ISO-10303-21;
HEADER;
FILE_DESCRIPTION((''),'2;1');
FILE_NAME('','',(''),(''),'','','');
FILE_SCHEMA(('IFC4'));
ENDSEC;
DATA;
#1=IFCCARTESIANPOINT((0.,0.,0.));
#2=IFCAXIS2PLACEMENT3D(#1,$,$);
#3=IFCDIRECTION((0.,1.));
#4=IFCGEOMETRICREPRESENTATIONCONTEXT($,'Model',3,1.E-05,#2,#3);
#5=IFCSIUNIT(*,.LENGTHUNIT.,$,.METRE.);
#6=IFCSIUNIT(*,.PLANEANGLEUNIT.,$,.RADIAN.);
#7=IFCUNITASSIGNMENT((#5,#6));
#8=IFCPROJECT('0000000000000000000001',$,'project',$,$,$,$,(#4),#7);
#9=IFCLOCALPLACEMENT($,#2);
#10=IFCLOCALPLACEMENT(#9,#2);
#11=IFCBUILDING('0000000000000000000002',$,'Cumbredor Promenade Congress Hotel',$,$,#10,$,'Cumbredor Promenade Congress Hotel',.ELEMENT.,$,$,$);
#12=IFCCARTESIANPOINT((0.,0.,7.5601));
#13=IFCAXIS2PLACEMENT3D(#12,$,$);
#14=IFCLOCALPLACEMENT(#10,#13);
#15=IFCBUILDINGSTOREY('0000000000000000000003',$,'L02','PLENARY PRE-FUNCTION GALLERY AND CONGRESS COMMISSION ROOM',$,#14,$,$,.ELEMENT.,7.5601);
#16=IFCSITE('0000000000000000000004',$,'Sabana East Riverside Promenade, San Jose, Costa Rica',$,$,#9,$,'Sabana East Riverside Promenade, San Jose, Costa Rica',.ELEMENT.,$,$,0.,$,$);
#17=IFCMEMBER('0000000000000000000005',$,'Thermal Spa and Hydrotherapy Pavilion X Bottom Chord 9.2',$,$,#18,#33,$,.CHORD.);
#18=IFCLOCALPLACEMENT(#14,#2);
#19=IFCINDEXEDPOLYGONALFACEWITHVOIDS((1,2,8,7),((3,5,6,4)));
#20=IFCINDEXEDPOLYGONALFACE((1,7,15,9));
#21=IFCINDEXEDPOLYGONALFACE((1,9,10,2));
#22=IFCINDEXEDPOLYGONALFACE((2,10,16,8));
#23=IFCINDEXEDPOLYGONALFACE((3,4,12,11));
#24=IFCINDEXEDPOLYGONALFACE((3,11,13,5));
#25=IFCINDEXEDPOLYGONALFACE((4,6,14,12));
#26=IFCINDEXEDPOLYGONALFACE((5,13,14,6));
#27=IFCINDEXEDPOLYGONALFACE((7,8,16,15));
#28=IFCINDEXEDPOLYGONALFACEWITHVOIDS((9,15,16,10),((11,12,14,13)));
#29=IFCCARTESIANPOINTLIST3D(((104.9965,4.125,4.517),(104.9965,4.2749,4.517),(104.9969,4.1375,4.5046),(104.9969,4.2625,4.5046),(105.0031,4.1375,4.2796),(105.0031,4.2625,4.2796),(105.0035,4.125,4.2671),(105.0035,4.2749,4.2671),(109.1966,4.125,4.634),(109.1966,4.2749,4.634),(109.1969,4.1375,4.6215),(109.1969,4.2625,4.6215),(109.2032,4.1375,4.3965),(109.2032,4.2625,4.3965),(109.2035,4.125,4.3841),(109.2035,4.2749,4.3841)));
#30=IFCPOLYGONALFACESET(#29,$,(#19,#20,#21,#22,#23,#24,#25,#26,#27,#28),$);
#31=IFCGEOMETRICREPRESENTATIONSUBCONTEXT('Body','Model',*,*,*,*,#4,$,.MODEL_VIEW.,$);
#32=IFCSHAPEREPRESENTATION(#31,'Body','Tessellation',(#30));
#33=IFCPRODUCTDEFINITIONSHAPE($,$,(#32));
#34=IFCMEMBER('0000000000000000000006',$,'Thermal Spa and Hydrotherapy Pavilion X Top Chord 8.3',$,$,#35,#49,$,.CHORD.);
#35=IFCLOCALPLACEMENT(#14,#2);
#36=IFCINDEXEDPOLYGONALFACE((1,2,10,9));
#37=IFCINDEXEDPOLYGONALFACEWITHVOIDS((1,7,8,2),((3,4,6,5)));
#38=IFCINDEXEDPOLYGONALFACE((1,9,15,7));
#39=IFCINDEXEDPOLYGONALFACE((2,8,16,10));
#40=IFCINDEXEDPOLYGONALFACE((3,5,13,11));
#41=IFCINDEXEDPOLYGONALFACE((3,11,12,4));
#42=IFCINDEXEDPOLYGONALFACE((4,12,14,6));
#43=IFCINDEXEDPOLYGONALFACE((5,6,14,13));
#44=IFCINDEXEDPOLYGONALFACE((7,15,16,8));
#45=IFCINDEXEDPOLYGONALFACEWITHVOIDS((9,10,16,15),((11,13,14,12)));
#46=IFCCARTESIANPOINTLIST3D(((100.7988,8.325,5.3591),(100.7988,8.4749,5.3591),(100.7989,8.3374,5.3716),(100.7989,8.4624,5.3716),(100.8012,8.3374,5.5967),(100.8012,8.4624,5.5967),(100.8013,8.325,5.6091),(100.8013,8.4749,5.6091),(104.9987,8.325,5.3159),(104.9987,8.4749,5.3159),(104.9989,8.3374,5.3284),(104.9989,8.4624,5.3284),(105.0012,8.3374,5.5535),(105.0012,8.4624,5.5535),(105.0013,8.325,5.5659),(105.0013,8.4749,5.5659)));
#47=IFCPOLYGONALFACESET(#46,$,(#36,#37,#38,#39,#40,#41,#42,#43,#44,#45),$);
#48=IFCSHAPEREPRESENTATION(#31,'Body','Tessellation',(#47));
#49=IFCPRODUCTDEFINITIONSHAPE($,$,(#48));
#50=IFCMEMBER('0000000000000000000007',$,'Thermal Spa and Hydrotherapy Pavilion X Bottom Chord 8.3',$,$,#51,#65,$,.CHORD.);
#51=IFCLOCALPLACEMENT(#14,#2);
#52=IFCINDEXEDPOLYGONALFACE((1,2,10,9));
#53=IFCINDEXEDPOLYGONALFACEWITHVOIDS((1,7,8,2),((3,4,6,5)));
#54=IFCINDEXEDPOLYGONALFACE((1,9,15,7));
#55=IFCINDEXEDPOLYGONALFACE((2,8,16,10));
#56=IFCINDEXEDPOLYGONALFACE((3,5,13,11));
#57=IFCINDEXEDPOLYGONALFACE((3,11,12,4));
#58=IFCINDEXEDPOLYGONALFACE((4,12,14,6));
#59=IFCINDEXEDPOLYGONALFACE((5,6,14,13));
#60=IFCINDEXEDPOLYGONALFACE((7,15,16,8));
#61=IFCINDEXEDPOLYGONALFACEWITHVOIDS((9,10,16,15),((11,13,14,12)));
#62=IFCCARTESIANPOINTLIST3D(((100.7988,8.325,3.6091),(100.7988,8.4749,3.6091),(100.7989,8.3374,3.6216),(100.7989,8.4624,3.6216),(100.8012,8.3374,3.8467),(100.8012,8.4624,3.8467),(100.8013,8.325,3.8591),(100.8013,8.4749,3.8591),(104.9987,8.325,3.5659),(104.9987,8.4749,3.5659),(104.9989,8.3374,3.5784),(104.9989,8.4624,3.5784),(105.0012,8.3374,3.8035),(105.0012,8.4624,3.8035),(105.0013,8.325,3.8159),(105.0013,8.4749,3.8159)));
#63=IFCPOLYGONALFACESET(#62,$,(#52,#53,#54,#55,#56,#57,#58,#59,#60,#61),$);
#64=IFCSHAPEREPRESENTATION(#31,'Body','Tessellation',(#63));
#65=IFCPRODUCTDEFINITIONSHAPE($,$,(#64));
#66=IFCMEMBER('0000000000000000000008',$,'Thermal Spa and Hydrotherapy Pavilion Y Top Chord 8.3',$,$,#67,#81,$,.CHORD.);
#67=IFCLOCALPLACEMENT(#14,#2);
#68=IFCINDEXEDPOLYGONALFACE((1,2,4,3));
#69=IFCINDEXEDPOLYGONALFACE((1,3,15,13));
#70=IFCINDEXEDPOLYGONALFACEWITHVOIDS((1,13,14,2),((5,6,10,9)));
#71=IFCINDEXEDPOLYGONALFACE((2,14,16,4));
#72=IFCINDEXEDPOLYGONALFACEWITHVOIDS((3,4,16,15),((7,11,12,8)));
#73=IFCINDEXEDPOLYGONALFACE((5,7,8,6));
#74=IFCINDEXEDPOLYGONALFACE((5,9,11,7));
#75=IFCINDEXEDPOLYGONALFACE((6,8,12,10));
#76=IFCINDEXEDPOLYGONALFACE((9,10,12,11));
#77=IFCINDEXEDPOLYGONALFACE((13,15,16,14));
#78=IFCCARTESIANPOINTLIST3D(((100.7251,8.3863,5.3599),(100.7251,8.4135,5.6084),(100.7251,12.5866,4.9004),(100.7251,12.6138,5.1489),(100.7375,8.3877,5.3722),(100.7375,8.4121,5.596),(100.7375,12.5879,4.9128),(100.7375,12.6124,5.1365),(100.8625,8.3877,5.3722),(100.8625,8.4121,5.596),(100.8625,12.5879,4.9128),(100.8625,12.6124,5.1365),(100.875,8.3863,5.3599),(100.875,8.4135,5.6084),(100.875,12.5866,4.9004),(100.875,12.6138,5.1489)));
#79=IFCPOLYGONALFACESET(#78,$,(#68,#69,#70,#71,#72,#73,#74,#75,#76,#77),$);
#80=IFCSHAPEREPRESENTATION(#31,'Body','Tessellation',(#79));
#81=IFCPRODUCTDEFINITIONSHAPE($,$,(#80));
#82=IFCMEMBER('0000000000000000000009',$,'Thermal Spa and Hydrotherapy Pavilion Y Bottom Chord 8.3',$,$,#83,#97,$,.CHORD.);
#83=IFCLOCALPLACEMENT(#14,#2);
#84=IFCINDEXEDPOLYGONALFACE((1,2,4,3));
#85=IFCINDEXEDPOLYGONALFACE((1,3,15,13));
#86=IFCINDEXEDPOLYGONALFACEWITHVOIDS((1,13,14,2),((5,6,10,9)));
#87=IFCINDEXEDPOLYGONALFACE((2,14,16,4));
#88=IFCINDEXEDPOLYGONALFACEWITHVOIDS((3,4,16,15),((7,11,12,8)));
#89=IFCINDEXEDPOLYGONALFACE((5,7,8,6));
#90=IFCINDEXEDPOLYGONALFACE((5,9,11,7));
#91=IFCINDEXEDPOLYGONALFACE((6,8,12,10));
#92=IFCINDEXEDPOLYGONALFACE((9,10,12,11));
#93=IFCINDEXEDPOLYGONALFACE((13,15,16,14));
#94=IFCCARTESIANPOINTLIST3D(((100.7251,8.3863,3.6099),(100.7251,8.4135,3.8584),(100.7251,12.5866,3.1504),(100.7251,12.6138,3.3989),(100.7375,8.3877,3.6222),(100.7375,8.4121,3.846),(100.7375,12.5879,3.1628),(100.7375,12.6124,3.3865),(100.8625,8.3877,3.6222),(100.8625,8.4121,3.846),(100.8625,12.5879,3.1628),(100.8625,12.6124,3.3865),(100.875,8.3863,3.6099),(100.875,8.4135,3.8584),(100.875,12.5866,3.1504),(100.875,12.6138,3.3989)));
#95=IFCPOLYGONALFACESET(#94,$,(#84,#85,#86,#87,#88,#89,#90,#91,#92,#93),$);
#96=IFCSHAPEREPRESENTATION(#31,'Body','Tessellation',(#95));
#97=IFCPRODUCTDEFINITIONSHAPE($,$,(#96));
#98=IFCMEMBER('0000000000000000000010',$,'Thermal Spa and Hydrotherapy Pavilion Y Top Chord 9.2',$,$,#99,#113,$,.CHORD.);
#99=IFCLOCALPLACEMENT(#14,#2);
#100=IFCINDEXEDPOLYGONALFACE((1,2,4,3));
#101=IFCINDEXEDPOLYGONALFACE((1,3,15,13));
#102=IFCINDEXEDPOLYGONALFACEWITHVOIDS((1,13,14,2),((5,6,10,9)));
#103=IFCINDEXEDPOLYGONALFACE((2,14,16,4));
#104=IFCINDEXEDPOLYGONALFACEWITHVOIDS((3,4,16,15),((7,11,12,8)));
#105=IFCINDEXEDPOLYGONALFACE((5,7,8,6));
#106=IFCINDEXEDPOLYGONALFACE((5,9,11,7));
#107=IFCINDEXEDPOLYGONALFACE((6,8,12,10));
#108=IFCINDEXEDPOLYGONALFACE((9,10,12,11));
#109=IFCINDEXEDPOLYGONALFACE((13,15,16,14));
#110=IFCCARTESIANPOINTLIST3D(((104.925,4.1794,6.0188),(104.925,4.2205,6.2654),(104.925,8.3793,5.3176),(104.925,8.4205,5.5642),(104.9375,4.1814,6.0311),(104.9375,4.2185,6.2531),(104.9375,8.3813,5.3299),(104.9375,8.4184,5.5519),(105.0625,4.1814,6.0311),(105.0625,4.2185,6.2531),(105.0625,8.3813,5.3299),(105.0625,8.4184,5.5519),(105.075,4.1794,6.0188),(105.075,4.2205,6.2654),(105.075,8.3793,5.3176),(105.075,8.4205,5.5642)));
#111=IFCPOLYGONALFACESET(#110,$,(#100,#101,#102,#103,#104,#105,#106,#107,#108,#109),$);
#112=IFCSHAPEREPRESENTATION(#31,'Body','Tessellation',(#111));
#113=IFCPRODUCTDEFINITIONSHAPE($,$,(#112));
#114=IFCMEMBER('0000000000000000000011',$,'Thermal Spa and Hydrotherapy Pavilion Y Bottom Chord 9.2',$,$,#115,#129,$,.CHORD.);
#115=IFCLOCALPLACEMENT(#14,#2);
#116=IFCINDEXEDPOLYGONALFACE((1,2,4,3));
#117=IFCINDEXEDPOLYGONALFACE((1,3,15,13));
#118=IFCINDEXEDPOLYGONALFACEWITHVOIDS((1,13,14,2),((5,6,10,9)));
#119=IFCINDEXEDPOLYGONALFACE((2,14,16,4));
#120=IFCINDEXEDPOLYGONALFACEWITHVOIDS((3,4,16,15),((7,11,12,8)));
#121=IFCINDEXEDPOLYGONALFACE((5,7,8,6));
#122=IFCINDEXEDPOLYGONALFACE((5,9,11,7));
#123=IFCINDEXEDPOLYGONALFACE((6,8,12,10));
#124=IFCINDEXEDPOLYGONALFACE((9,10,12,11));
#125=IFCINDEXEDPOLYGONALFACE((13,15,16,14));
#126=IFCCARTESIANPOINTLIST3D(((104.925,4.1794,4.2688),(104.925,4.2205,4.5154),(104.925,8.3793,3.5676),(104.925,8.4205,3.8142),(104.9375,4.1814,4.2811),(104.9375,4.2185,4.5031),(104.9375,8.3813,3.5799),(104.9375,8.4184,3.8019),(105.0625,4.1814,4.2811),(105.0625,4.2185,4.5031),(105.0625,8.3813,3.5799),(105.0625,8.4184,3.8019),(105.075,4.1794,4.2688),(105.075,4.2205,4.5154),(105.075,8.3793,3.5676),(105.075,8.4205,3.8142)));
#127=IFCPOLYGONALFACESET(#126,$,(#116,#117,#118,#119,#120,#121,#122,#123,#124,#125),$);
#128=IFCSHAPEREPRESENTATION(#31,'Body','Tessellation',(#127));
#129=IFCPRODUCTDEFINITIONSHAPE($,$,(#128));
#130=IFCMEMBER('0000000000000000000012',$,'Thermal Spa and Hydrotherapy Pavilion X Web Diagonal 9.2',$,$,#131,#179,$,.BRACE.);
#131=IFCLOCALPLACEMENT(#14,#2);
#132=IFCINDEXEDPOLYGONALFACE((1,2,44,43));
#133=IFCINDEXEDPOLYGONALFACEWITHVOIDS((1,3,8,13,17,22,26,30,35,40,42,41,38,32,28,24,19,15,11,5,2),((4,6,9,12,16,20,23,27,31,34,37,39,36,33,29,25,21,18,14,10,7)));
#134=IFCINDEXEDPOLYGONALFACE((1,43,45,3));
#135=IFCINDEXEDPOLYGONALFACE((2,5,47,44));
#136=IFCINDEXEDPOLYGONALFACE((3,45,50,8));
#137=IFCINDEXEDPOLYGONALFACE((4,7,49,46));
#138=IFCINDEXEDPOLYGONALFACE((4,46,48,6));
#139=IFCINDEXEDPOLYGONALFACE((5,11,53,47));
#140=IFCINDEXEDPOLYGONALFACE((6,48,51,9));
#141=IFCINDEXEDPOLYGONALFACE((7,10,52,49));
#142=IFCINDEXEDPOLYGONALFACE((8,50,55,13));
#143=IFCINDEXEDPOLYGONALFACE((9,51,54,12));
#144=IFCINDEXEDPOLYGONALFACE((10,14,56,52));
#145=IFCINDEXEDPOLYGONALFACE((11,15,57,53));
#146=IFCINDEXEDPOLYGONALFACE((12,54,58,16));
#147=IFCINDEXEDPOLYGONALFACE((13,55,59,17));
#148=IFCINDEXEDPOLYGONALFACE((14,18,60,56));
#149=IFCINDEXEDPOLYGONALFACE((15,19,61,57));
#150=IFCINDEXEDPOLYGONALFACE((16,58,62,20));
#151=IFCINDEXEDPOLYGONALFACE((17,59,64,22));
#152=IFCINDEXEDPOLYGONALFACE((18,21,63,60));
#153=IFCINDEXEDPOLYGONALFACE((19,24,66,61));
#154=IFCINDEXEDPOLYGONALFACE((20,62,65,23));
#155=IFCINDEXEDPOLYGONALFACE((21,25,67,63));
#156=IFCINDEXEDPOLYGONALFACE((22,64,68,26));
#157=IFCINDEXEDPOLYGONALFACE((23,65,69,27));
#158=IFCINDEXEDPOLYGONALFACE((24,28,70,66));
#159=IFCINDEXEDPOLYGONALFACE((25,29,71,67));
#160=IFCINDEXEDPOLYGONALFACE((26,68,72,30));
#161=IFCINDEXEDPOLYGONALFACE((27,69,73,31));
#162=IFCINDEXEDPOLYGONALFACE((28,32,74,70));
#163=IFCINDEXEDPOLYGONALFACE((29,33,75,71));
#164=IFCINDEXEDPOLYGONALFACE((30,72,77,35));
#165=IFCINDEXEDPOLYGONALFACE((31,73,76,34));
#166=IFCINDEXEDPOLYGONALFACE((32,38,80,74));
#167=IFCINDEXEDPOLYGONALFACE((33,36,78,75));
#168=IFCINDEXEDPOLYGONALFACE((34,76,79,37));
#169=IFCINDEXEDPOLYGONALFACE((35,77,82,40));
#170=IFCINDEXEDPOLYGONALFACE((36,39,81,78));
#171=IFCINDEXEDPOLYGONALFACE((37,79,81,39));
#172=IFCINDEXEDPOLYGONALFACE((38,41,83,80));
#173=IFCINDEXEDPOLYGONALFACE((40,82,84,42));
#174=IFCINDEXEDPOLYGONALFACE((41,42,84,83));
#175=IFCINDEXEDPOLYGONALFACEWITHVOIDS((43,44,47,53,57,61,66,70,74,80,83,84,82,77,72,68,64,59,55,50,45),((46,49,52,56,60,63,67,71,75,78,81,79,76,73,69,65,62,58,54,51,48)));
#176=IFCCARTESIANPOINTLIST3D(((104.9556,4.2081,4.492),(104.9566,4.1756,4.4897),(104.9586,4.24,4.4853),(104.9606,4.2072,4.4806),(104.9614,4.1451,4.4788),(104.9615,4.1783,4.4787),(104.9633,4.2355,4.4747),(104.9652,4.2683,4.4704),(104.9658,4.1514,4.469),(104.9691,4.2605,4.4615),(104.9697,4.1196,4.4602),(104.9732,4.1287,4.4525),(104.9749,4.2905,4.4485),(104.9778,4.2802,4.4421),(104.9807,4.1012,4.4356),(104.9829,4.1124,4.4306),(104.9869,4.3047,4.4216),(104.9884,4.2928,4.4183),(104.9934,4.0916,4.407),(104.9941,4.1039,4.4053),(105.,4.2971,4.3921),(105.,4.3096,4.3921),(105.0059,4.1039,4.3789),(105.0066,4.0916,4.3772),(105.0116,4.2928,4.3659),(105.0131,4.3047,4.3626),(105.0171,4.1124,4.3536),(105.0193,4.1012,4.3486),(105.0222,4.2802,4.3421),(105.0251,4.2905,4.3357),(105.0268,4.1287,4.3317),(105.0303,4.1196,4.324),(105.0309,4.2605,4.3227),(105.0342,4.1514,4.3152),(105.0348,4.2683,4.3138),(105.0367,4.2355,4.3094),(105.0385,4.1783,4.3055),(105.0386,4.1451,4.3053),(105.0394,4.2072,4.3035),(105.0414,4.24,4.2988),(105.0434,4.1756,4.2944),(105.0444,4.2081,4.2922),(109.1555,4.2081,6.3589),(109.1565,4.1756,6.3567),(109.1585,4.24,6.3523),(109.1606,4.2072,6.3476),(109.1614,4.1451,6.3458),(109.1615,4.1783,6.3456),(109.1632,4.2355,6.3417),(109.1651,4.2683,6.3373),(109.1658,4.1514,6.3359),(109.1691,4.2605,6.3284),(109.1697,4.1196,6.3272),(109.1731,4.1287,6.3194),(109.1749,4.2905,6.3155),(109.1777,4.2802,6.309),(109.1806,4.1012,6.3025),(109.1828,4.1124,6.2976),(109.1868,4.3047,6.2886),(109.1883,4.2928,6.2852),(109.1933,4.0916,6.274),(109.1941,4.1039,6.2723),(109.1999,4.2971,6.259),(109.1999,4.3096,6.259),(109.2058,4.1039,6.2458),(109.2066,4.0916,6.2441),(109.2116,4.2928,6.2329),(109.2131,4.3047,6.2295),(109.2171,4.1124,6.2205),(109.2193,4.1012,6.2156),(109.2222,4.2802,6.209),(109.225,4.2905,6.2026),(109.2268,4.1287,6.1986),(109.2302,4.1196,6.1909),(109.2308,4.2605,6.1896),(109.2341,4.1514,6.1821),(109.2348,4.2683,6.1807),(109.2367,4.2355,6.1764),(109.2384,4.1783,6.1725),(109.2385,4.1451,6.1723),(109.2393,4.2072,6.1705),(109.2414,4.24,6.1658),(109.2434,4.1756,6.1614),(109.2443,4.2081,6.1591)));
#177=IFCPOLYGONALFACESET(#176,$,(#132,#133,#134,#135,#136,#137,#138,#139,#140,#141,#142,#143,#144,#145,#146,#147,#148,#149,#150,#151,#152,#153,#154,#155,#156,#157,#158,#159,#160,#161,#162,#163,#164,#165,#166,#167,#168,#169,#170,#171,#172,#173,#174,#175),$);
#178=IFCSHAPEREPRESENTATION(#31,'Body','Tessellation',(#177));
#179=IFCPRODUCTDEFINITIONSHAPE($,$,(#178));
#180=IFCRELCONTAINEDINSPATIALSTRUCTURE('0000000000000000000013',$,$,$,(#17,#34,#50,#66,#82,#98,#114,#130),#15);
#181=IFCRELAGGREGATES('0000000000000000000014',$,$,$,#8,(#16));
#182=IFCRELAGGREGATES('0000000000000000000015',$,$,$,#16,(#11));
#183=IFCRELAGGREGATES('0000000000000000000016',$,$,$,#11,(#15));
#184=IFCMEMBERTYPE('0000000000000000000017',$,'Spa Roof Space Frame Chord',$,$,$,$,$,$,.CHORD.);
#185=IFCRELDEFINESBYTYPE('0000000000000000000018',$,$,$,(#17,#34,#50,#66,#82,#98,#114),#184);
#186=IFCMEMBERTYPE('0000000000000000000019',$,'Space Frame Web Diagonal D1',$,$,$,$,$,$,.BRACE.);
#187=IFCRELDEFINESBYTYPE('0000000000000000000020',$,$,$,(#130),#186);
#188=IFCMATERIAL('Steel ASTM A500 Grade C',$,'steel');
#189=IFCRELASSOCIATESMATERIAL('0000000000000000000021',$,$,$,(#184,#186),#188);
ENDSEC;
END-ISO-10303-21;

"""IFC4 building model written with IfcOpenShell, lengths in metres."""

from ifc_helpers import new_model, si_unit, direction, frame, origin, origin_2d, place, context, subcontext, project, spatial, hollow_rectangle, hollow_circle, extrude, material, material_profile, profile_set, type_object, element, save


model = new_model("IFC4")

# Units and contexts
model_context = context("Model", 3, precision=1e-05, world=origin(), true_north=direction((0.0, 1.0)))
body_context = subcontext(model_context, "Body", "Model", "MODEL_VIEW")
ifc_project = project(units=[si_unit("LENGTHUNIT", "METRE"), si_unit("PLANEANGLEUNIT", "RADIAN")], contexts=[model_context])

# Site, building, storey
site_placement = place(None, origin())
site = spatial("IfcSite", under=ifc_project, at=site_placement, Name="Sabana East Riverside Promenade, San Jose, Costa Rica", LongName="Sabana East Riverside Promenade, San Jose, Costa Rica", CompositionType="ELEMENT", RefElevation=0.0)
building_placement = place(site_placement, origin())
building = spatial("IfcBuilding", under=site, at=building_placement, Name="Cumbredor Promenade Congress Hotel", LongName="Cumbredor Promenade Congress Hotel", CompositionType="ELEMENT")
storey_placement = place(building_placement, frame((0.0, 0.0, 7.5601)))
storey = spatial("IfcBuildingStorey", under=building, at=storey_placement, Name="L02", Description="PLENARY PRE-FUNCTION GALLERY AND CONGRESS COMMISSION ROOM", CompositionType="ELEMENT", Elevation=7.5601)

# Members
ifc_material_1 = material(Name="Steel ASTM A500 Grade C", Category="steel")
ifc_material_profile_1 = material_profile(ifc_material_1, hollow_rectangle(XDim=0.1499, YDim=0.25, WallThickness=0.0125, at=origin_2d()), Name="HSS 250x150x12.5")
ifc_profile_set_1 = profile_set([ifc_material_profile_1], Name="Steel ASTM A500 Grade C")
member_type_1 = type_object("IfcMemberType", Name="Spa Roof Space Frame Chord", PredefinedType="CHORD", material=ifc_profile_set_1)
member_1_placement = place(storey_placement, frame((105.0, 4.2, 4.3921), z_axis=(0.999613, 0.0, 0.027833), x_axis=(0.0, 1.0, 0.0)))
element("IfcMember", 1, at=member_1_placement, inside=storey, type_object=member_type_1, Name="Thermal Spa and Hydrotherapy Pavilion X Bottom Chord 9.2", PredefinedType="CHORD", context=body_context, shape_type="SweptSolid", body=[
    extrude(hollow_rectangle(XDim=0.1499, YDim=0.25, WallThickness=0.0125, at=origin_2d()), origin(), (0.0, 0.0, 1.0), 4.2017),
])
for number, where, z_axis, x_axis, name in (
    (2, (100.8, 8.3999, 5.4841), (0.999947, 0.0, -0.010288), (0.0, 1.0, 0.0), "Thermal Spa and Hydrotherapy Pavilion X Top Chord 8.3"),
    (3, (100.8, 8.3999, 3.7341), (0.999947, 0.0, -0.010288), (0.0, 1.0, 0.0), "Thermal Spa and Hydrotherapy Pavilion X Bottom Chord 8.3"),
):
    element("IfcMember", number, at=place(storey_placement, frame(where, z_axis=z_axis, x_axis=x_axis)), inside=storey, type_object=member_type_1, Name=name, PredefinedType="CHORD", context=body_context, shape_type="SweptSolid", body=[
        extrude(hollow_rectangle(XDim=0.1499, YDim=0.25, WallThickness=0.0125, at=origin_2d()), origin(), (0.0, 0.0, 1.0), 4.2002),
    ])
for number, where, z_axis, x_axis, name in (
    (4, (100.8, 8.3999, 5.4841), (0.0, 0.99407, -0.108744), (-1.0, 0.0, 0.0), "Thermal Spa and Hydrotherapy Pavilion Y Top Chord 8.3"),
    (5, (100.8, 8.3999, 3.7341), (0.0, 0.99407, -0.108744), (-1.0, 0.0, 0.0), "Thermal Spa and Hydrotherapy Pavilion Y Bottom Chord 8.3"),
):
    element("IfcMember", number, at=place(storey_placement, frame(where, z_axis=z_axis, x_axis=x_axis)), inside=storey, type_object=member_type_1, Name=name, PredefinedType="CHORD", context=body_context, shape_type="SweptSolid", body=[
        extrude(hollow_rectangle(XDim=0.1499, YDim=0.25, WallThickness=0.0125, at=origin_2d()), origin(), (0.0, 0.0, 1.0), 4.2253),
    ])
for number, where, z_axis, x_axis, name in (
    (6, (105.0, 4.2, 6.1421), (0.0, 0.986349, -0.164669), (-1.0, 0.0, 0.0), "Thermal Spa and Hydrotherapy Pavilion Y Top Chord 9.2"),
    (7, (105.0, 4.2, 4.3921), (0.0, 0.986349, -0.164669), (-1.0, 0.0, 0.0), "Thermal Spa and Hydrotherapy Pavilion Y Bottom Chord 9.2"),
):
    element("IfcMember", number, at=place(storey_placement, frame(where, z_axis=z_axis, x_axis=x_axis)), inside=storey, type_object=member_type_1, Name=name, PredefinedType="CHORD", context=body_context, shape_type="SweptSolid", body=[
        extrude(hollow_rectangle(XDim=0.1499, YDim=0.25, WallThickness=0.0125, at=origin_2d()), origin(), (0.0, 0.0, 1.0), 4.2581),
    ])
ifc_material_profile_2 = material_profile(ifc_material_1, hollow_circle(Radius=0.1096, WallThickness=0.0125, at=origin_2d()), Name="CHS 219.1x12.5")
ifc_profile_set_2 = profile_set([ifc_material_profile_2], Name="Steel ASTM A500 Grade C")
member_type_2 = type_object("IfcMemberType", Name="Space Frame Web Diagonal D1", PredefinedType="BRACE", material=ifc_profile_set_2)
member_2_placement = place(storey_placement, frame((105.0, 4.2, 4.3921), z_axis=(0.913787, 0.0, 0.406193), x_axis=(0.0, 1.0, 0.0)))
element("IfcMember", 8, at=member_2_placement, inside=storey, type_object=member_type_2, Name="Thermal Spa and Hydrotherapy Pavilion X Web Diagonal 9.2", PredefinedType="BRACE", context=body_context, shape_type="SweptSolid", body=[
    extrude(hollow_circle(Radius=0.1096, WallThickness=0.0125, at=origin_2d()), origin(), (0.0, 0.0, 1.0), 4.5962),
])

save(model, "model.ifc")
